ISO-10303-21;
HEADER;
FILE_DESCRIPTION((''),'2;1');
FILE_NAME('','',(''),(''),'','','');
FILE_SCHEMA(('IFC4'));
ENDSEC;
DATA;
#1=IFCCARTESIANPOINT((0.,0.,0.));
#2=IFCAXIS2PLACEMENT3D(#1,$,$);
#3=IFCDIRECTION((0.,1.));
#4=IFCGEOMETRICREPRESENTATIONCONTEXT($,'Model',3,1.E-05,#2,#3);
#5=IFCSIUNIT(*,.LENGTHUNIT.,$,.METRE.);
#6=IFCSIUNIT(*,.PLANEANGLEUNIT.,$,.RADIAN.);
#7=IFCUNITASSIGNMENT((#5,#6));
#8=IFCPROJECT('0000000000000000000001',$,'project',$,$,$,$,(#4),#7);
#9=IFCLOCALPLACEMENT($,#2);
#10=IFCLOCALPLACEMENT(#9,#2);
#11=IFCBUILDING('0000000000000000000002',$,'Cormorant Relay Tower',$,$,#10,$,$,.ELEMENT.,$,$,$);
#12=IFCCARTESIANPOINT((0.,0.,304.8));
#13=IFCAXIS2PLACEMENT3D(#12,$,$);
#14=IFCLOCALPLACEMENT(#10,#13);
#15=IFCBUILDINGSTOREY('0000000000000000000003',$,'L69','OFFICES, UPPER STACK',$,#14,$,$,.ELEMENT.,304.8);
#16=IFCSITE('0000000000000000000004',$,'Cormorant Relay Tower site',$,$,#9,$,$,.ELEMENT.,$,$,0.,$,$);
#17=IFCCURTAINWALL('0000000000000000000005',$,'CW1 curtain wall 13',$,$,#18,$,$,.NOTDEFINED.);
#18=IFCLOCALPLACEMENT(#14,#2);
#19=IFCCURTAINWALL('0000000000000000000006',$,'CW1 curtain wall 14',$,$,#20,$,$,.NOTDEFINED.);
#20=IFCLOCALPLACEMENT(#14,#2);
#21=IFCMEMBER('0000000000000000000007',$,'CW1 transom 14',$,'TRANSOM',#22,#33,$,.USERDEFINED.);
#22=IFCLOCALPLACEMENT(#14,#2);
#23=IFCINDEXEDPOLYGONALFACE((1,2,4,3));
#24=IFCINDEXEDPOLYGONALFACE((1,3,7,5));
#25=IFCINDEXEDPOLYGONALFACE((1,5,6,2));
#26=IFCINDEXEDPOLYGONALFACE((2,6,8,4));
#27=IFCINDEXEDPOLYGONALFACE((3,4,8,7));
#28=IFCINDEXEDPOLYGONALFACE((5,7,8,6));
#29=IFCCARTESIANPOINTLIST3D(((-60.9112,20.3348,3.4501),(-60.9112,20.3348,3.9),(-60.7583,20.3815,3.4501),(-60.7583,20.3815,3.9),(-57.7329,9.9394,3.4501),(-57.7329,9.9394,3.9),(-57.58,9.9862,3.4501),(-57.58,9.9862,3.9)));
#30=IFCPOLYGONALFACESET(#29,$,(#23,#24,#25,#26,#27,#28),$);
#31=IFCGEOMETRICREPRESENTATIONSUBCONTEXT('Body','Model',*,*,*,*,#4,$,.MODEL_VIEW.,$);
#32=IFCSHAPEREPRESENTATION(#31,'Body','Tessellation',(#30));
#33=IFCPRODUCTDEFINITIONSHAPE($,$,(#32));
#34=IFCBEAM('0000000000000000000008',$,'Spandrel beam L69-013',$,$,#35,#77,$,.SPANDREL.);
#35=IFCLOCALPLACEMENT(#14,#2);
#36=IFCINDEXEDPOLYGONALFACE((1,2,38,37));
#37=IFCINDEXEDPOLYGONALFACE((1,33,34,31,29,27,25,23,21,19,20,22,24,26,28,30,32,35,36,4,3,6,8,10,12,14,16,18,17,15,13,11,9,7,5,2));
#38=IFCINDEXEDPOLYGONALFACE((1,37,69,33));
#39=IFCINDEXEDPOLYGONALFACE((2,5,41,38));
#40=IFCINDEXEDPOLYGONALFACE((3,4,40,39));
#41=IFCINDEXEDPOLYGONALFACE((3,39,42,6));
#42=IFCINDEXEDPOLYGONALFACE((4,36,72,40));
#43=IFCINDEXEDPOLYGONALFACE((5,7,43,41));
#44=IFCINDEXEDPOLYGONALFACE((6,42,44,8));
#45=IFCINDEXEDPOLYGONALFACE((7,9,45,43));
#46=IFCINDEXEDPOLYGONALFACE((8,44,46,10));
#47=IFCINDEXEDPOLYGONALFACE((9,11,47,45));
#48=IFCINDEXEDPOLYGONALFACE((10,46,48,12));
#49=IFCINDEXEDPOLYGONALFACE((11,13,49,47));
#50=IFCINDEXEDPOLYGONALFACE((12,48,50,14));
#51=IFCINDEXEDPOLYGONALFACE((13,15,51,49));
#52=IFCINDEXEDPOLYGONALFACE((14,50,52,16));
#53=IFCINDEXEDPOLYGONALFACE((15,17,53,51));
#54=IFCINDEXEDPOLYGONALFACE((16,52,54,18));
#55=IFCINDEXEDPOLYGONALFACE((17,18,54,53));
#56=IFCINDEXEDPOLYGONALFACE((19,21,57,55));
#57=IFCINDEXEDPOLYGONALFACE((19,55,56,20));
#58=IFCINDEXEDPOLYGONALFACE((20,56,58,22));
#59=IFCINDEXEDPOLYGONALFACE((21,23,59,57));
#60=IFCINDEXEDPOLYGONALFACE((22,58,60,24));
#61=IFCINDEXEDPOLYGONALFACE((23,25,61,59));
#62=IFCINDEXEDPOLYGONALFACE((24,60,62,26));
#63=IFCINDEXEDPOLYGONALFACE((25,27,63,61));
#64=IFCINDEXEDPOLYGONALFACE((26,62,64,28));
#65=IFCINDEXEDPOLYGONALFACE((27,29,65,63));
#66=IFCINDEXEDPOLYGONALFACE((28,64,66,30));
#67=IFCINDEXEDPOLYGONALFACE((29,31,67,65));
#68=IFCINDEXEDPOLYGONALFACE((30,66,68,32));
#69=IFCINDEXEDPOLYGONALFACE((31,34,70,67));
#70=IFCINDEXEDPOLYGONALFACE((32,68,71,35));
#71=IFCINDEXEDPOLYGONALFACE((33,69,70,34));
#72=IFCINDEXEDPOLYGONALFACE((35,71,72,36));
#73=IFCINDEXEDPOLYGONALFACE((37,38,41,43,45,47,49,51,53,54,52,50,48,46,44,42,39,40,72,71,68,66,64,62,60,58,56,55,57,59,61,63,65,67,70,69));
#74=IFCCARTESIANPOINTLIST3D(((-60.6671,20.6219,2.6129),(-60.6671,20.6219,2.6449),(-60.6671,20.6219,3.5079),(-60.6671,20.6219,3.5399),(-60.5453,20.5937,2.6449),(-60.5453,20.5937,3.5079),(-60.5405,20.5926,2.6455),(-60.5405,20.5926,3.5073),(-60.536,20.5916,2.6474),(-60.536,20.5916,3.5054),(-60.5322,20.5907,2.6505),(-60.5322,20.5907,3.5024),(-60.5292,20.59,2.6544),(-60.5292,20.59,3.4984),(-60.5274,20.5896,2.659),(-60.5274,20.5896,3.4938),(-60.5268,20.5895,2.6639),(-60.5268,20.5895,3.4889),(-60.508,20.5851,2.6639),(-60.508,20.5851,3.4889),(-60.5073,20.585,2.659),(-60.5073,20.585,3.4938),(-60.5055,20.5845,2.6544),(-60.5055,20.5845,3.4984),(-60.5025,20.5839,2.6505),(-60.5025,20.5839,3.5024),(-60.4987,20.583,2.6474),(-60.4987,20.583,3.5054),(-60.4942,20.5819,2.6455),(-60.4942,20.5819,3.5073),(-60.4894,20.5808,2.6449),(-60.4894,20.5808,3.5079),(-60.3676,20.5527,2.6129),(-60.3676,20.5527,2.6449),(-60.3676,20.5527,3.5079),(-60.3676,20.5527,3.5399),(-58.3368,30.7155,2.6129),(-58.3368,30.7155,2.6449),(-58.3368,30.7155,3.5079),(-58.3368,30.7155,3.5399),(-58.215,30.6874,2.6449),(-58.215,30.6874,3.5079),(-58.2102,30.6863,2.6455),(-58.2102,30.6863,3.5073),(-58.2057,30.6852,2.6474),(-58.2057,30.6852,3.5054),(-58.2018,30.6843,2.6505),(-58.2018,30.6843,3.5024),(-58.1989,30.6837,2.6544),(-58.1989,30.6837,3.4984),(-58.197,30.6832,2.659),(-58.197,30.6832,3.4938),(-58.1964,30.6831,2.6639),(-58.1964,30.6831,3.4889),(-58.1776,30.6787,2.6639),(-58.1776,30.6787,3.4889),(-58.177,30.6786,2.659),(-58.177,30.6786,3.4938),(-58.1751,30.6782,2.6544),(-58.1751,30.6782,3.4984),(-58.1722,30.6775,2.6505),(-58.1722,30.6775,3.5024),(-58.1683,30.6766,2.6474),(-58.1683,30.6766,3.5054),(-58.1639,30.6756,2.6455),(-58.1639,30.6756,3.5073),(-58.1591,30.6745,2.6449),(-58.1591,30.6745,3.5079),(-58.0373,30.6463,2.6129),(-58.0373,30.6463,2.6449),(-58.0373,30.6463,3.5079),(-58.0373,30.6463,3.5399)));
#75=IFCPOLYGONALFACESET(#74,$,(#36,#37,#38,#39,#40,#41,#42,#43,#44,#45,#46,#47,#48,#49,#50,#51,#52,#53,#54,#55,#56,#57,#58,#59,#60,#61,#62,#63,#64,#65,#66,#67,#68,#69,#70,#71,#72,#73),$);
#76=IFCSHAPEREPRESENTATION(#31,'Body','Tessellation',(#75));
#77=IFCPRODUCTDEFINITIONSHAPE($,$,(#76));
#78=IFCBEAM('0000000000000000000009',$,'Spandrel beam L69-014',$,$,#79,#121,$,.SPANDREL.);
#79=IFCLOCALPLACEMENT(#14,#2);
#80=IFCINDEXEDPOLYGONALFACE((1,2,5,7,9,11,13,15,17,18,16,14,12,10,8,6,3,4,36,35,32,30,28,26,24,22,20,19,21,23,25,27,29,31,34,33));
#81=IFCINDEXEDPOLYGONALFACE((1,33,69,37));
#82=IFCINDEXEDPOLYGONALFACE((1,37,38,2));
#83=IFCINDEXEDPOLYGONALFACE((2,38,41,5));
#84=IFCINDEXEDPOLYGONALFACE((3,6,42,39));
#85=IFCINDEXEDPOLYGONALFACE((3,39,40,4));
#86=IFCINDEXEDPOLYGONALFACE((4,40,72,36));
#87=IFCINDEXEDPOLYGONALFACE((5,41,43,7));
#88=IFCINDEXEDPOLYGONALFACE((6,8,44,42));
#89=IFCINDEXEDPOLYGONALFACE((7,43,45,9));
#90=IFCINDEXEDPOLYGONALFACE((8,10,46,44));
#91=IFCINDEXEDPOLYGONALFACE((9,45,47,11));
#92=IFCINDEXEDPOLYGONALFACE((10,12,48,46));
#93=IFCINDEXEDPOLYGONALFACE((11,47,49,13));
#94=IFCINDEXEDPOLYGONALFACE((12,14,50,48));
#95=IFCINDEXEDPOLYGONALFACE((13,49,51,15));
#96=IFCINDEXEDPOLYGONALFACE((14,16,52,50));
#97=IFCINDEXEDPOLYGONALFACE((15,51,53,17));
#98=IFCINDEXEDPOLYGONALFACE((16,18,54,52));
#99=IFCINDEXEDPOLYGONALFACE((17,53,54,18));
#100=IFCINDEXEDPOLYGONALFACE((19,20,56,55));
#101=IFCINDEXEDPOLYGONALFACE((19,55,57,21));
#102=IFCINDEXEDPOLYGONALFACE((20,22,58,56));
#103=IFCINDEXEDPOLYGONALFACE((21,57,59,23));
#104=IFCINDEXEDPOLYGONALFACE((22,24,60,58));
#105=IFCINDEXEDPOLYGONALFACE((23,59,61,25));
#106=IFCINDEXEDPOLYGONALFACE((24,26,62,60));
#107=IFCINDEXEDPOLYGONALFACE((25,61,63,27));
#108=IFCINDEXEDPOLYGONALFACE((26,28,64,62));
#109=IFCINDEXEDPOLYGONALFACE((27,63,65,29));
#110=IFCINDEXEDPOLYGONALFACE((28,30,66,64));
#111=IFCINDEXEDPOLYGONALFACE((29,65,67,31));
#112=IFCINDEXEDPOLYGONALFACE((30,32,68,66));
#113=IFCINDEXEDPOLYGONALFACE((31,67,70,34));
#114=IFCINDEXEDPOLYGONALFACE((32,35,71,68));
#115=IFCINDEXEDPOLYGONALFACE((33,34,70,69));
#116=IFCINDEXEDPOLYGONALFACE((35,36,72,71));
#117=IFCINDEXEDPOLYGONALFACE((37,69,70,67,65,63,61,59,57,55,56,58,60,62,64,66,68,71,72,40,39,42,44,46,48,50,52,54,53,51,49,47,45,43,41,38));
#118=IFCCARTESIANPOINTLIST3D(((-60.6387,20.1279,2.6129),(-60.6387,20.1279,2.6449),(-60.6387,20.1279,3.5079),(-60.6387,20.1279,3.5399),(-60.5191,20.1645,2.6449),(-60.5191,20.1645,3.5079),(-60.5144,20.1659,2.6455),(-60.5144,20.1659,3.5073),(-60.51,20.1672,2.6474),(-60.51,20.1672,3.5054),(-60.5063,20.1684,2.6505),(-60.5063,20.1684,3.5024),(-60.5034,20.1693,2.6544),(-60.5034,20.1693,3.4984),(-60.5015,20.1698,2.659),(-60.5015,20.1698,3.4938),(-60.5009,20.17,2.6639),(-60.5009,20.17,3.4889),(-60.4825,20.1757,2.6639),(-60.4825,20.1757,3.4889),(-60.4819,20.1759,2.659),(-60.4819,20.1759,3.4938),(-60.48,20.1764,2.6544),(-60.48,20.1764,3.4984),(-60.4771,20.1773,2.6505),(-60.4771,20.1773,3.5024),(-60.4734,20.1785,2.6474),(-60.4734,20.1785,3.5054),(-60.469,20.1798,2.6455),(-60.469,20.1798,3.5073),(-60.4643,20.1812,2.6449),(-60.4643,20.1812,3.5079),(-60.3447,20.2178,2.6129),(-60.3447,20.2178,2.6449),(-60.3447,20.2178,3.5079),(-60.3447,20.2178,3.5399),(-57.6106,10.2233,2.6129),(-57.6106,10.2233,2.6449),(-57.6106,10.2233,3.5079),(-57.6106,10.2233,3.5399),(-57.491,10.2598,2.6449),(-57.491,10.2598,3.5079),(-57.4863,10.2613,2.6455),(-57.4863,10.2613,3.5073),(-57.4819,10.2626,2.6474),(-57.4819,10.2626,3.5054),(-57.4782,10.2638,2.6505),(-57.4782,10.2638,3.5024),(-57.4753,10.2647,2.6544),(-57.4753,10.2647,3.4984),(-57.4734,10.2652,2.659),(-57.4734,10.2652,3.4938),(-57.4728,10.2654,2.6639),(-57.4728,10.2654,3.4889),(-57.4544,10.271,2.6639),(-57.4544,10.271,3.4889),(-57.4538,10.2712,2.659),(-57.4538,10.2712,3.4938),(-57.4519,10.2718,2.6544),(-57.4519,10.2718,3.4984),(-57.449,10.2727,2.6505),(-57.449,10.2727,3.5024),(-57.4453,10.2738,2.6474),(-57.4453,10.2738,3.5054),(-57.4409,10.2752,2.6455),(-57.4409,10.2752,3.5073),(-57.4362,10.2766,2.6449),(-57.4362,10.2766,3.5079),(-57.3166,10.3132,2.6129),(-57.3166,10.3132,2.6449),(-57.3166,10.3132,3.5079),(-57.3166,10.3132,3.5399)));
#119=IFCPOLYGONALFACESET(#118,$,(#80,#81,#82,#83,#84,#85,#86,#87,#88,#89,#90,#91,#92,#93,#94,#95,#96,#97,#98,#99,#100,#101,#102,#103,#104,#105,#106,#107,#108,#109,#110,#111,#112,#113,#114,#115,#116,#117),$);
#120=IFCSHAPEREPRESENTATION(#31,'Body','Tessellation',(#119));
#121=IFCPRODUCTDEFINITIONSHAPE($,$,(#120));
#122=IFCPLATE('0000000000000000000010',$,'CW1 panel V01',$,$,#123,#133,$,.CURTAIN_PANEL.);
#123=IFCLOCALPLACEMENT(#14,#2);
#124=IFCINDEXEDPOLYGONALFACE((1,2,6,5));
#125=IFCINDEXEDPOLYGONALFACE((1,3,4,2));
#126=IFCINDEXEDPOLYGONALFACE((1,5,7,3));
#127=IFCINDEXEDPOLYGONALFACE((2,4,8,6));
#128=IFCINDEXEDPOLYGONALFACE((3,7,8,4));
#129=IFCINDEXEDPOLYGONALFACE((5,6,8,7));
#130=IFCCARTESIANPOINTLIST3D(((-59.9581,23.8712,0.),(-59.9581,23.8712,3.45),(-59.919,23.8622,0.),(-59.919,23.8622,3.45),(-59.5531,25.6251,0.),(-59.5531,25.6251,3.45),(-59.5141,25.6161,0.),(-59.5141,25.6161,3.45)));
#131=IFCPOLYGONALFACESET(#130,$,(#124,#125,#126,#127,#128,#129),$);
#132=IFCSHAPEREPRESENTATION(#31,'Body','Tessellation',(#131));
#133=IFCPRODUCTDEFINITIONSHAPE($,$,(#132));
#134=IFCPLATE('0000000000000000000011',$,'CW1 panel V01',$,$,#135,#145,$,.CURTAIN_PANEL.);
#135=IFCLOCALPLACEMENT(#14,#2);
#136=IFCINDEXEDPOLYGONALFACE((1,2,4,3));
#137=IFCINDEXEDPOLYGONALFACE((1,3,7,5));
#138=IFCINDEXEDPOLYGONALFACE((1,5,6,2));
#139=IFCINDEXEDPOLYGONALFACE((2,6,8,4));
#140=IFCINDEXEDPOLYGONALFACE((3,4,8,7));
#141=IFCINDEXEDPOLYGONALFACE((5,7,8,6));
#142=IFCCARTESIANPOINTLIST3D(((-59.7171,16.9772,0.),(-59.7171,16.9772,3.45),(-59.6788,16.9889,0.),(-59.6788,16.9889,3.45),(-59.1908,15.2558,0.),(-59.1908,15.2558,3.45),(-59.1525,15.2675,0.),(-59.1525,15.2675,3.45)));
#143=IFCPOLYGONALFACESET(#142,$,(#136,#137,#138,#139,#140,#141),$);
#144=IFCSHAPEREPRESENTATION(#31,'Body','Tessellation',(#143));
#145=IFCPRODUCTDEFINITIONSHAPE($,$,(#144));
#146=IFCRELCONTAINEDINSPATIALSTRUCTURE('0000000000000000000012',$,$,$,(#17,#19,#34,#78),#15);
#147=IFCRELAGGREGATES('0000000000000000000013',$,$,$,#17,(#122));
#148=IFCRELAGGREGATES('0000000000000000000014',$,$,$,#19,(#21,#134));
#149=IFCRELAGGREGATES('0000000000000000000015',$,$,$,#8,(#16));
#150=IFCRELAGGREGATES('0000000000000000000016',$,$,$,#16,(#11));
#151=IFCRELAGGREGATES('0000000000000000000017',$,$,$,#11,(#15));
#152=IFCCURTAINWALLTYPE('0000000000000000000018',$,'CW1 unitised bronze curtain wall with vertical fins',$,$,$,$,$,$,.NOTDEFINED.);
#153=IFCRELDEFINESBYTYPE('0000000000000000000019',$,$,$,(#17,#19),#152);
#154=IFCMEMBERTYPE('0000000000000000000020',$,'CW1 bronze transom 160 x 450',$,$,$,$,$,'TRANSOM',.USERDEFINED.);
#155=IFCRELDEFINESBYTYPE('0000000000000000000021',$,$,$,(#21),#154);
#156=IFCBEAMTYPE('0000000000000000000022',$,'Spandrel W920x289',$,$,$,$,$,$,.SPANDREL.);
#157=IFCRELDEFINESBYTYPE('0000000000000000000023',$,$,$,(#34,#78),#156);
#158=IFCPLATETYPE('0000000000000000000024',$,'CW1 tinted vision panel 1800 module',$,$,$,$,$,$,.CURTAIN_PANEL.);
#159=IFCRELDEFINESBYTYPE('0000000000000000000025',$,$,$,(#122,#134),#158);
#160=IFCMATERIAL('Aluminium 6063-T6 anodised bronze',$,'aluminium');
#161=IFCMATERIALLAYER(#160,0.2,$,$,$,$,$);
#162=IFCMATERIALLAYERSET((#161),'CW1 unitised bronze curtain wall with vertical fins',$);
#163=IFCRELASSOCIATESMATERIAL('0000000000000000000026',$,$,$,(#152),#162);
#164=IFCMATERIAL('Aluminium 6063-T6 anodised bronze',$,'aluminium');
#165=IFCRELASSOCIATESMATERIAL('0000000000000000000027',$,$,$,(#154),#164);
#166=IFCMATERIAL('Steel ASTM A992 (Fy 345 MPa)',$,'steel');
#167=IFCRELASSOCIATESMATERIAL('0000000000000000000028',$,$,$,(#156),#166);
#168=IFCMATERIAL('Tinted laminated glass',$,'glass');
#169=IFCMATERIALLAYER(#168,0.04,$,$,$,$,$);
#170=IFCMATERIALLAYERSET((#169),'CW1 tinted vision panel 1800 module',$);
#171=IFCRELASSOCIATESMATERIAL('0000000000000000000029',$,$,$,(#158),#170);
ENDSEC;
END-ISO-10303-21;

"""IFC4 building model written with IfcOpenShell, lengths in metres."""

from ifc_helpers import new_model, si_unit, direction, frame, origin, origin_2d, place, context, subcontext, project, spatial, rectangle, i_section, extrude, material, layer, layer_set, material_profile, profile_set, type_object, element, aggregate, save


model = new_model("IFC4")

# Units and contexts
model_context = context("Model", 3, precision=1e-05, world=origin(), true_north=direction((0.0, 1.0)))
body_context = subcontext(model_context, "Body", "Model", "MODEL_VIEW")
ifc_project = project(units=[si_unit("LENGTHUNIT", "METRE"), si_unit("PLANEANGLEUNIT", "RADIAN")], contexts=[model_context])

# Site, building, storey
site_placement = place(None, origin())
site = spatial("IfcSite", under=ifc_project, at=site_placement, Name="Cormorant Relay Tower site", CompositionType="ELEMENT", RefElevation=0.0)
building_placement = place(site_placement, origin())
building = spatial("IfcBuilding", under=site, at=building_placement, Name="Cormorant Relay Tower", CompositionType="ELEMENT")
storey_placement = place(building_placement, frame((0.0, 0.0, 304.8)))
storey = spatial("IfcBuildingStorey", under=building, at=storey_placement, Name="L69", Description="OFFICES, UPPER STACK", CompositionType="ELEMENT", Elevation=304.8)

# Curtain wall
ifc_material_1 = material(Name="Aluminium 6063-T6 anodised bronze", Category="aluminium")
ifc_layer_1 = layer(ifc_material_1, 0.2)
ifc_layer_set_1 = layer_set([ifc_layer_1], Name="CW1 unitised bronze curtain wall with vertical fins")
curtain_wall_type = type_object("IfcCurtainWallType", Name="CW1 unitised bronze curtain wall with vertical fins", PredefinedType="NOTDEFINED", material=ifc_layer_set_1)
curtain_wall_1_placement = place(storey_placement, origin())
curtain_wall_1 = element("IfcCurtainWall", 1, at=curtain_wall_1_placement, inside=storey, type_object=curtain_wall_type, Name="CW1 curtain wall 13", PredefinedType="NOTDEFINED")

# Curtain wall
curtain_wall_2_placement = place(storey_placement, origin())
curtain_wall_2 = element("IfcCurtainWall", 2, at=curtain_wall_2_placement, inside=storey, type_object=curtain_wall_type, Name="CW1 curtain wall 14", PredefinedType="NOTDEFINED")

# Member
ifc_material_2 = material(Name="Aluminium 6063-T6 anodised bronze", Category="aluminium")
ifc_material_profile_1 = material_profile(ifc_material_2, rectangle(XDim=0.1599, YDim=0.45, at=origin_2d()), Name="AL 160x450")
ifc_profile_set_1 = profile_set([ifc_material_profile_1], Name="Aluminium 6063-T6 anodised bronze")
member_type_1 = type_object("IfcMemberType", Name="CW1 bronze transom 160 x 450", ElementType="TRANSOM", PredefinedType="USERDEFINED", material=ifc_profile_set_1)
member_1_placement = place(storey_placement, frame((-60.8347, 20.3582, 3.675), z_axis=(0.292378, -0.956303, 0.0), x_axis=(0.956303, 0.292378, 0.0)))
member_1 = element("IfcMember", 3, at=member_1_placement, type_object=member_type_1, Name="CW1 transom 14", ObjectType="TRANSOM", PredefinedType="USERDEFINED", context=body_context, shape_type="SweptSolid", body=[
    extrude(rectangle(XDim=0.1599, YDim=0.45, at=origin_2d()), origin(), (0.0, 0.0, 1.0), 10.8704),
])

# Beams
ifc_material_3 = material(Name="Steel ASTM A992 (Fy 345 MPa)", Category="steel")
ifc_material_profile_2 = material_profile(ifc_material_3, i_section(OverallWidth=0.3074, OverallDepth=0.927, WebThickness=0.0193, FlangeThickness=0.032, FilletRadius=0.019, at=origin_2d()), Name="W920x289")
ifc_profile_set_2 = profile_set([ifc_material_profile_2], Name="Steel ASTM A992 (Fy 345 MPa)")
beam_type = type_object("IfcBeamType", Name="Spandrel W920x289", PredefinedType="SPANDREL", material=ifc_profile_set_2)
beam_1_placement = place(storey_placement, frame((-58.187, 30.6809, 3.0764), z_axis=(-0.224956, -0.974369, 0.0), x_axis=(0.974369, -0.224956, 0.0)))
element("IfcBeam", 4, at=beam_1_placement, inside=storey, type_object=beam_type, Name="Spandrel beam L69-013", PredefinedType="SPANDREL", context=body_context, shape_type="SweptSolid", body=[
    extrude(i_section(OverallWidth=0.3074, OverallDepth=0.927, WebThickness=0.0193, FlangeThickness=0.032, FilletRadius=0.019, at=origin_2d()), origin(), (0.0, 0.0, 1.0), 10.3591),
])
beam_2_placement = place(storey_placement, frame((-60.4917, 20.1729, 3.0764), z_axis=(0.292368, -0.956306, 0.0), x_axis=(0.956306, 0.292368, 0.0)))
element("IfcBeam", 5, at=beam_2_placement, inside=storey, type_object=beam_type, Name="Spandrel beam L69-014", PredefinedType="SPANDREL", context=body_context, shape_type="SweptSolid", body=[
    extrude(i_section(OverallWidth=0.3074, OverallDepth=0.927, WebThickness=0.0193, FlangeThickness=0.032, FilletRadius=0.019, at=origin_2d()), origin(), (0.0, 0.0, 1.0), 10.3572),
])

# Plates
ifc_material_4 = material(Name="Tinted laminated glass", Category="glass")
ifc_layer_2 = layer(ifc_material_4, 0.04)
ifc_layer_set_2 = layer_set([ifc_layer_2], Name="CW1 tinted vision panel 1800 module")
plate_type = type_object("IfcPlateType", Name="CW1 tinted vision panel 1800 module", PredefinedType="CURTAIN_PANEL", material=ifc_layer_set_2)
plate_1_placement = place(storey_placement, frame((-59.7361, 24.7437, 0.0), z_axis=(0.0, 0.0, 1.0), x_axis=(-0.224951, -0.97437, 0.0)))
plate_1 = element("IfcPlate", 6, at=plate_1_placement, type_object=plate_type, Name="CW1 panel V01", PredefinedType="CURTAIN_PANEL", context=body_context, shape_type="SweptSolid", body=[
    extrude(rectangle(XDim=1.8, YDim=0.04, at=origin_2d()), origin(), (0.0, 0.0, 1.0), 3.45),
])
plate_2_placement = place(storey_placement, frame((-59.4348, 16.1223, 0.0), z_axis=(0.0, 0.0, 1.0), x_axis=(0.292372, -0.956305, 0.0)))
plate_2 = element("IfcPlate", 7, at=plate_2_placement, type_object=plate_type, Name="CW1 panel V01", PredefinedType="CURTAIN_PANEL", context=body_context, shape_type="SweptSolid", body=[
    extrude(rectangle(XDim=1.8, YDim=0.04, at=origin_2d()), origin(), (0.0, 0.0, 1.0), 3.45),
])

aggregate(curtain_wall_1, [plate_1])
aggregate(curtain_wall_2, [member_1, plate_2])

save(model, "model.ifc")
